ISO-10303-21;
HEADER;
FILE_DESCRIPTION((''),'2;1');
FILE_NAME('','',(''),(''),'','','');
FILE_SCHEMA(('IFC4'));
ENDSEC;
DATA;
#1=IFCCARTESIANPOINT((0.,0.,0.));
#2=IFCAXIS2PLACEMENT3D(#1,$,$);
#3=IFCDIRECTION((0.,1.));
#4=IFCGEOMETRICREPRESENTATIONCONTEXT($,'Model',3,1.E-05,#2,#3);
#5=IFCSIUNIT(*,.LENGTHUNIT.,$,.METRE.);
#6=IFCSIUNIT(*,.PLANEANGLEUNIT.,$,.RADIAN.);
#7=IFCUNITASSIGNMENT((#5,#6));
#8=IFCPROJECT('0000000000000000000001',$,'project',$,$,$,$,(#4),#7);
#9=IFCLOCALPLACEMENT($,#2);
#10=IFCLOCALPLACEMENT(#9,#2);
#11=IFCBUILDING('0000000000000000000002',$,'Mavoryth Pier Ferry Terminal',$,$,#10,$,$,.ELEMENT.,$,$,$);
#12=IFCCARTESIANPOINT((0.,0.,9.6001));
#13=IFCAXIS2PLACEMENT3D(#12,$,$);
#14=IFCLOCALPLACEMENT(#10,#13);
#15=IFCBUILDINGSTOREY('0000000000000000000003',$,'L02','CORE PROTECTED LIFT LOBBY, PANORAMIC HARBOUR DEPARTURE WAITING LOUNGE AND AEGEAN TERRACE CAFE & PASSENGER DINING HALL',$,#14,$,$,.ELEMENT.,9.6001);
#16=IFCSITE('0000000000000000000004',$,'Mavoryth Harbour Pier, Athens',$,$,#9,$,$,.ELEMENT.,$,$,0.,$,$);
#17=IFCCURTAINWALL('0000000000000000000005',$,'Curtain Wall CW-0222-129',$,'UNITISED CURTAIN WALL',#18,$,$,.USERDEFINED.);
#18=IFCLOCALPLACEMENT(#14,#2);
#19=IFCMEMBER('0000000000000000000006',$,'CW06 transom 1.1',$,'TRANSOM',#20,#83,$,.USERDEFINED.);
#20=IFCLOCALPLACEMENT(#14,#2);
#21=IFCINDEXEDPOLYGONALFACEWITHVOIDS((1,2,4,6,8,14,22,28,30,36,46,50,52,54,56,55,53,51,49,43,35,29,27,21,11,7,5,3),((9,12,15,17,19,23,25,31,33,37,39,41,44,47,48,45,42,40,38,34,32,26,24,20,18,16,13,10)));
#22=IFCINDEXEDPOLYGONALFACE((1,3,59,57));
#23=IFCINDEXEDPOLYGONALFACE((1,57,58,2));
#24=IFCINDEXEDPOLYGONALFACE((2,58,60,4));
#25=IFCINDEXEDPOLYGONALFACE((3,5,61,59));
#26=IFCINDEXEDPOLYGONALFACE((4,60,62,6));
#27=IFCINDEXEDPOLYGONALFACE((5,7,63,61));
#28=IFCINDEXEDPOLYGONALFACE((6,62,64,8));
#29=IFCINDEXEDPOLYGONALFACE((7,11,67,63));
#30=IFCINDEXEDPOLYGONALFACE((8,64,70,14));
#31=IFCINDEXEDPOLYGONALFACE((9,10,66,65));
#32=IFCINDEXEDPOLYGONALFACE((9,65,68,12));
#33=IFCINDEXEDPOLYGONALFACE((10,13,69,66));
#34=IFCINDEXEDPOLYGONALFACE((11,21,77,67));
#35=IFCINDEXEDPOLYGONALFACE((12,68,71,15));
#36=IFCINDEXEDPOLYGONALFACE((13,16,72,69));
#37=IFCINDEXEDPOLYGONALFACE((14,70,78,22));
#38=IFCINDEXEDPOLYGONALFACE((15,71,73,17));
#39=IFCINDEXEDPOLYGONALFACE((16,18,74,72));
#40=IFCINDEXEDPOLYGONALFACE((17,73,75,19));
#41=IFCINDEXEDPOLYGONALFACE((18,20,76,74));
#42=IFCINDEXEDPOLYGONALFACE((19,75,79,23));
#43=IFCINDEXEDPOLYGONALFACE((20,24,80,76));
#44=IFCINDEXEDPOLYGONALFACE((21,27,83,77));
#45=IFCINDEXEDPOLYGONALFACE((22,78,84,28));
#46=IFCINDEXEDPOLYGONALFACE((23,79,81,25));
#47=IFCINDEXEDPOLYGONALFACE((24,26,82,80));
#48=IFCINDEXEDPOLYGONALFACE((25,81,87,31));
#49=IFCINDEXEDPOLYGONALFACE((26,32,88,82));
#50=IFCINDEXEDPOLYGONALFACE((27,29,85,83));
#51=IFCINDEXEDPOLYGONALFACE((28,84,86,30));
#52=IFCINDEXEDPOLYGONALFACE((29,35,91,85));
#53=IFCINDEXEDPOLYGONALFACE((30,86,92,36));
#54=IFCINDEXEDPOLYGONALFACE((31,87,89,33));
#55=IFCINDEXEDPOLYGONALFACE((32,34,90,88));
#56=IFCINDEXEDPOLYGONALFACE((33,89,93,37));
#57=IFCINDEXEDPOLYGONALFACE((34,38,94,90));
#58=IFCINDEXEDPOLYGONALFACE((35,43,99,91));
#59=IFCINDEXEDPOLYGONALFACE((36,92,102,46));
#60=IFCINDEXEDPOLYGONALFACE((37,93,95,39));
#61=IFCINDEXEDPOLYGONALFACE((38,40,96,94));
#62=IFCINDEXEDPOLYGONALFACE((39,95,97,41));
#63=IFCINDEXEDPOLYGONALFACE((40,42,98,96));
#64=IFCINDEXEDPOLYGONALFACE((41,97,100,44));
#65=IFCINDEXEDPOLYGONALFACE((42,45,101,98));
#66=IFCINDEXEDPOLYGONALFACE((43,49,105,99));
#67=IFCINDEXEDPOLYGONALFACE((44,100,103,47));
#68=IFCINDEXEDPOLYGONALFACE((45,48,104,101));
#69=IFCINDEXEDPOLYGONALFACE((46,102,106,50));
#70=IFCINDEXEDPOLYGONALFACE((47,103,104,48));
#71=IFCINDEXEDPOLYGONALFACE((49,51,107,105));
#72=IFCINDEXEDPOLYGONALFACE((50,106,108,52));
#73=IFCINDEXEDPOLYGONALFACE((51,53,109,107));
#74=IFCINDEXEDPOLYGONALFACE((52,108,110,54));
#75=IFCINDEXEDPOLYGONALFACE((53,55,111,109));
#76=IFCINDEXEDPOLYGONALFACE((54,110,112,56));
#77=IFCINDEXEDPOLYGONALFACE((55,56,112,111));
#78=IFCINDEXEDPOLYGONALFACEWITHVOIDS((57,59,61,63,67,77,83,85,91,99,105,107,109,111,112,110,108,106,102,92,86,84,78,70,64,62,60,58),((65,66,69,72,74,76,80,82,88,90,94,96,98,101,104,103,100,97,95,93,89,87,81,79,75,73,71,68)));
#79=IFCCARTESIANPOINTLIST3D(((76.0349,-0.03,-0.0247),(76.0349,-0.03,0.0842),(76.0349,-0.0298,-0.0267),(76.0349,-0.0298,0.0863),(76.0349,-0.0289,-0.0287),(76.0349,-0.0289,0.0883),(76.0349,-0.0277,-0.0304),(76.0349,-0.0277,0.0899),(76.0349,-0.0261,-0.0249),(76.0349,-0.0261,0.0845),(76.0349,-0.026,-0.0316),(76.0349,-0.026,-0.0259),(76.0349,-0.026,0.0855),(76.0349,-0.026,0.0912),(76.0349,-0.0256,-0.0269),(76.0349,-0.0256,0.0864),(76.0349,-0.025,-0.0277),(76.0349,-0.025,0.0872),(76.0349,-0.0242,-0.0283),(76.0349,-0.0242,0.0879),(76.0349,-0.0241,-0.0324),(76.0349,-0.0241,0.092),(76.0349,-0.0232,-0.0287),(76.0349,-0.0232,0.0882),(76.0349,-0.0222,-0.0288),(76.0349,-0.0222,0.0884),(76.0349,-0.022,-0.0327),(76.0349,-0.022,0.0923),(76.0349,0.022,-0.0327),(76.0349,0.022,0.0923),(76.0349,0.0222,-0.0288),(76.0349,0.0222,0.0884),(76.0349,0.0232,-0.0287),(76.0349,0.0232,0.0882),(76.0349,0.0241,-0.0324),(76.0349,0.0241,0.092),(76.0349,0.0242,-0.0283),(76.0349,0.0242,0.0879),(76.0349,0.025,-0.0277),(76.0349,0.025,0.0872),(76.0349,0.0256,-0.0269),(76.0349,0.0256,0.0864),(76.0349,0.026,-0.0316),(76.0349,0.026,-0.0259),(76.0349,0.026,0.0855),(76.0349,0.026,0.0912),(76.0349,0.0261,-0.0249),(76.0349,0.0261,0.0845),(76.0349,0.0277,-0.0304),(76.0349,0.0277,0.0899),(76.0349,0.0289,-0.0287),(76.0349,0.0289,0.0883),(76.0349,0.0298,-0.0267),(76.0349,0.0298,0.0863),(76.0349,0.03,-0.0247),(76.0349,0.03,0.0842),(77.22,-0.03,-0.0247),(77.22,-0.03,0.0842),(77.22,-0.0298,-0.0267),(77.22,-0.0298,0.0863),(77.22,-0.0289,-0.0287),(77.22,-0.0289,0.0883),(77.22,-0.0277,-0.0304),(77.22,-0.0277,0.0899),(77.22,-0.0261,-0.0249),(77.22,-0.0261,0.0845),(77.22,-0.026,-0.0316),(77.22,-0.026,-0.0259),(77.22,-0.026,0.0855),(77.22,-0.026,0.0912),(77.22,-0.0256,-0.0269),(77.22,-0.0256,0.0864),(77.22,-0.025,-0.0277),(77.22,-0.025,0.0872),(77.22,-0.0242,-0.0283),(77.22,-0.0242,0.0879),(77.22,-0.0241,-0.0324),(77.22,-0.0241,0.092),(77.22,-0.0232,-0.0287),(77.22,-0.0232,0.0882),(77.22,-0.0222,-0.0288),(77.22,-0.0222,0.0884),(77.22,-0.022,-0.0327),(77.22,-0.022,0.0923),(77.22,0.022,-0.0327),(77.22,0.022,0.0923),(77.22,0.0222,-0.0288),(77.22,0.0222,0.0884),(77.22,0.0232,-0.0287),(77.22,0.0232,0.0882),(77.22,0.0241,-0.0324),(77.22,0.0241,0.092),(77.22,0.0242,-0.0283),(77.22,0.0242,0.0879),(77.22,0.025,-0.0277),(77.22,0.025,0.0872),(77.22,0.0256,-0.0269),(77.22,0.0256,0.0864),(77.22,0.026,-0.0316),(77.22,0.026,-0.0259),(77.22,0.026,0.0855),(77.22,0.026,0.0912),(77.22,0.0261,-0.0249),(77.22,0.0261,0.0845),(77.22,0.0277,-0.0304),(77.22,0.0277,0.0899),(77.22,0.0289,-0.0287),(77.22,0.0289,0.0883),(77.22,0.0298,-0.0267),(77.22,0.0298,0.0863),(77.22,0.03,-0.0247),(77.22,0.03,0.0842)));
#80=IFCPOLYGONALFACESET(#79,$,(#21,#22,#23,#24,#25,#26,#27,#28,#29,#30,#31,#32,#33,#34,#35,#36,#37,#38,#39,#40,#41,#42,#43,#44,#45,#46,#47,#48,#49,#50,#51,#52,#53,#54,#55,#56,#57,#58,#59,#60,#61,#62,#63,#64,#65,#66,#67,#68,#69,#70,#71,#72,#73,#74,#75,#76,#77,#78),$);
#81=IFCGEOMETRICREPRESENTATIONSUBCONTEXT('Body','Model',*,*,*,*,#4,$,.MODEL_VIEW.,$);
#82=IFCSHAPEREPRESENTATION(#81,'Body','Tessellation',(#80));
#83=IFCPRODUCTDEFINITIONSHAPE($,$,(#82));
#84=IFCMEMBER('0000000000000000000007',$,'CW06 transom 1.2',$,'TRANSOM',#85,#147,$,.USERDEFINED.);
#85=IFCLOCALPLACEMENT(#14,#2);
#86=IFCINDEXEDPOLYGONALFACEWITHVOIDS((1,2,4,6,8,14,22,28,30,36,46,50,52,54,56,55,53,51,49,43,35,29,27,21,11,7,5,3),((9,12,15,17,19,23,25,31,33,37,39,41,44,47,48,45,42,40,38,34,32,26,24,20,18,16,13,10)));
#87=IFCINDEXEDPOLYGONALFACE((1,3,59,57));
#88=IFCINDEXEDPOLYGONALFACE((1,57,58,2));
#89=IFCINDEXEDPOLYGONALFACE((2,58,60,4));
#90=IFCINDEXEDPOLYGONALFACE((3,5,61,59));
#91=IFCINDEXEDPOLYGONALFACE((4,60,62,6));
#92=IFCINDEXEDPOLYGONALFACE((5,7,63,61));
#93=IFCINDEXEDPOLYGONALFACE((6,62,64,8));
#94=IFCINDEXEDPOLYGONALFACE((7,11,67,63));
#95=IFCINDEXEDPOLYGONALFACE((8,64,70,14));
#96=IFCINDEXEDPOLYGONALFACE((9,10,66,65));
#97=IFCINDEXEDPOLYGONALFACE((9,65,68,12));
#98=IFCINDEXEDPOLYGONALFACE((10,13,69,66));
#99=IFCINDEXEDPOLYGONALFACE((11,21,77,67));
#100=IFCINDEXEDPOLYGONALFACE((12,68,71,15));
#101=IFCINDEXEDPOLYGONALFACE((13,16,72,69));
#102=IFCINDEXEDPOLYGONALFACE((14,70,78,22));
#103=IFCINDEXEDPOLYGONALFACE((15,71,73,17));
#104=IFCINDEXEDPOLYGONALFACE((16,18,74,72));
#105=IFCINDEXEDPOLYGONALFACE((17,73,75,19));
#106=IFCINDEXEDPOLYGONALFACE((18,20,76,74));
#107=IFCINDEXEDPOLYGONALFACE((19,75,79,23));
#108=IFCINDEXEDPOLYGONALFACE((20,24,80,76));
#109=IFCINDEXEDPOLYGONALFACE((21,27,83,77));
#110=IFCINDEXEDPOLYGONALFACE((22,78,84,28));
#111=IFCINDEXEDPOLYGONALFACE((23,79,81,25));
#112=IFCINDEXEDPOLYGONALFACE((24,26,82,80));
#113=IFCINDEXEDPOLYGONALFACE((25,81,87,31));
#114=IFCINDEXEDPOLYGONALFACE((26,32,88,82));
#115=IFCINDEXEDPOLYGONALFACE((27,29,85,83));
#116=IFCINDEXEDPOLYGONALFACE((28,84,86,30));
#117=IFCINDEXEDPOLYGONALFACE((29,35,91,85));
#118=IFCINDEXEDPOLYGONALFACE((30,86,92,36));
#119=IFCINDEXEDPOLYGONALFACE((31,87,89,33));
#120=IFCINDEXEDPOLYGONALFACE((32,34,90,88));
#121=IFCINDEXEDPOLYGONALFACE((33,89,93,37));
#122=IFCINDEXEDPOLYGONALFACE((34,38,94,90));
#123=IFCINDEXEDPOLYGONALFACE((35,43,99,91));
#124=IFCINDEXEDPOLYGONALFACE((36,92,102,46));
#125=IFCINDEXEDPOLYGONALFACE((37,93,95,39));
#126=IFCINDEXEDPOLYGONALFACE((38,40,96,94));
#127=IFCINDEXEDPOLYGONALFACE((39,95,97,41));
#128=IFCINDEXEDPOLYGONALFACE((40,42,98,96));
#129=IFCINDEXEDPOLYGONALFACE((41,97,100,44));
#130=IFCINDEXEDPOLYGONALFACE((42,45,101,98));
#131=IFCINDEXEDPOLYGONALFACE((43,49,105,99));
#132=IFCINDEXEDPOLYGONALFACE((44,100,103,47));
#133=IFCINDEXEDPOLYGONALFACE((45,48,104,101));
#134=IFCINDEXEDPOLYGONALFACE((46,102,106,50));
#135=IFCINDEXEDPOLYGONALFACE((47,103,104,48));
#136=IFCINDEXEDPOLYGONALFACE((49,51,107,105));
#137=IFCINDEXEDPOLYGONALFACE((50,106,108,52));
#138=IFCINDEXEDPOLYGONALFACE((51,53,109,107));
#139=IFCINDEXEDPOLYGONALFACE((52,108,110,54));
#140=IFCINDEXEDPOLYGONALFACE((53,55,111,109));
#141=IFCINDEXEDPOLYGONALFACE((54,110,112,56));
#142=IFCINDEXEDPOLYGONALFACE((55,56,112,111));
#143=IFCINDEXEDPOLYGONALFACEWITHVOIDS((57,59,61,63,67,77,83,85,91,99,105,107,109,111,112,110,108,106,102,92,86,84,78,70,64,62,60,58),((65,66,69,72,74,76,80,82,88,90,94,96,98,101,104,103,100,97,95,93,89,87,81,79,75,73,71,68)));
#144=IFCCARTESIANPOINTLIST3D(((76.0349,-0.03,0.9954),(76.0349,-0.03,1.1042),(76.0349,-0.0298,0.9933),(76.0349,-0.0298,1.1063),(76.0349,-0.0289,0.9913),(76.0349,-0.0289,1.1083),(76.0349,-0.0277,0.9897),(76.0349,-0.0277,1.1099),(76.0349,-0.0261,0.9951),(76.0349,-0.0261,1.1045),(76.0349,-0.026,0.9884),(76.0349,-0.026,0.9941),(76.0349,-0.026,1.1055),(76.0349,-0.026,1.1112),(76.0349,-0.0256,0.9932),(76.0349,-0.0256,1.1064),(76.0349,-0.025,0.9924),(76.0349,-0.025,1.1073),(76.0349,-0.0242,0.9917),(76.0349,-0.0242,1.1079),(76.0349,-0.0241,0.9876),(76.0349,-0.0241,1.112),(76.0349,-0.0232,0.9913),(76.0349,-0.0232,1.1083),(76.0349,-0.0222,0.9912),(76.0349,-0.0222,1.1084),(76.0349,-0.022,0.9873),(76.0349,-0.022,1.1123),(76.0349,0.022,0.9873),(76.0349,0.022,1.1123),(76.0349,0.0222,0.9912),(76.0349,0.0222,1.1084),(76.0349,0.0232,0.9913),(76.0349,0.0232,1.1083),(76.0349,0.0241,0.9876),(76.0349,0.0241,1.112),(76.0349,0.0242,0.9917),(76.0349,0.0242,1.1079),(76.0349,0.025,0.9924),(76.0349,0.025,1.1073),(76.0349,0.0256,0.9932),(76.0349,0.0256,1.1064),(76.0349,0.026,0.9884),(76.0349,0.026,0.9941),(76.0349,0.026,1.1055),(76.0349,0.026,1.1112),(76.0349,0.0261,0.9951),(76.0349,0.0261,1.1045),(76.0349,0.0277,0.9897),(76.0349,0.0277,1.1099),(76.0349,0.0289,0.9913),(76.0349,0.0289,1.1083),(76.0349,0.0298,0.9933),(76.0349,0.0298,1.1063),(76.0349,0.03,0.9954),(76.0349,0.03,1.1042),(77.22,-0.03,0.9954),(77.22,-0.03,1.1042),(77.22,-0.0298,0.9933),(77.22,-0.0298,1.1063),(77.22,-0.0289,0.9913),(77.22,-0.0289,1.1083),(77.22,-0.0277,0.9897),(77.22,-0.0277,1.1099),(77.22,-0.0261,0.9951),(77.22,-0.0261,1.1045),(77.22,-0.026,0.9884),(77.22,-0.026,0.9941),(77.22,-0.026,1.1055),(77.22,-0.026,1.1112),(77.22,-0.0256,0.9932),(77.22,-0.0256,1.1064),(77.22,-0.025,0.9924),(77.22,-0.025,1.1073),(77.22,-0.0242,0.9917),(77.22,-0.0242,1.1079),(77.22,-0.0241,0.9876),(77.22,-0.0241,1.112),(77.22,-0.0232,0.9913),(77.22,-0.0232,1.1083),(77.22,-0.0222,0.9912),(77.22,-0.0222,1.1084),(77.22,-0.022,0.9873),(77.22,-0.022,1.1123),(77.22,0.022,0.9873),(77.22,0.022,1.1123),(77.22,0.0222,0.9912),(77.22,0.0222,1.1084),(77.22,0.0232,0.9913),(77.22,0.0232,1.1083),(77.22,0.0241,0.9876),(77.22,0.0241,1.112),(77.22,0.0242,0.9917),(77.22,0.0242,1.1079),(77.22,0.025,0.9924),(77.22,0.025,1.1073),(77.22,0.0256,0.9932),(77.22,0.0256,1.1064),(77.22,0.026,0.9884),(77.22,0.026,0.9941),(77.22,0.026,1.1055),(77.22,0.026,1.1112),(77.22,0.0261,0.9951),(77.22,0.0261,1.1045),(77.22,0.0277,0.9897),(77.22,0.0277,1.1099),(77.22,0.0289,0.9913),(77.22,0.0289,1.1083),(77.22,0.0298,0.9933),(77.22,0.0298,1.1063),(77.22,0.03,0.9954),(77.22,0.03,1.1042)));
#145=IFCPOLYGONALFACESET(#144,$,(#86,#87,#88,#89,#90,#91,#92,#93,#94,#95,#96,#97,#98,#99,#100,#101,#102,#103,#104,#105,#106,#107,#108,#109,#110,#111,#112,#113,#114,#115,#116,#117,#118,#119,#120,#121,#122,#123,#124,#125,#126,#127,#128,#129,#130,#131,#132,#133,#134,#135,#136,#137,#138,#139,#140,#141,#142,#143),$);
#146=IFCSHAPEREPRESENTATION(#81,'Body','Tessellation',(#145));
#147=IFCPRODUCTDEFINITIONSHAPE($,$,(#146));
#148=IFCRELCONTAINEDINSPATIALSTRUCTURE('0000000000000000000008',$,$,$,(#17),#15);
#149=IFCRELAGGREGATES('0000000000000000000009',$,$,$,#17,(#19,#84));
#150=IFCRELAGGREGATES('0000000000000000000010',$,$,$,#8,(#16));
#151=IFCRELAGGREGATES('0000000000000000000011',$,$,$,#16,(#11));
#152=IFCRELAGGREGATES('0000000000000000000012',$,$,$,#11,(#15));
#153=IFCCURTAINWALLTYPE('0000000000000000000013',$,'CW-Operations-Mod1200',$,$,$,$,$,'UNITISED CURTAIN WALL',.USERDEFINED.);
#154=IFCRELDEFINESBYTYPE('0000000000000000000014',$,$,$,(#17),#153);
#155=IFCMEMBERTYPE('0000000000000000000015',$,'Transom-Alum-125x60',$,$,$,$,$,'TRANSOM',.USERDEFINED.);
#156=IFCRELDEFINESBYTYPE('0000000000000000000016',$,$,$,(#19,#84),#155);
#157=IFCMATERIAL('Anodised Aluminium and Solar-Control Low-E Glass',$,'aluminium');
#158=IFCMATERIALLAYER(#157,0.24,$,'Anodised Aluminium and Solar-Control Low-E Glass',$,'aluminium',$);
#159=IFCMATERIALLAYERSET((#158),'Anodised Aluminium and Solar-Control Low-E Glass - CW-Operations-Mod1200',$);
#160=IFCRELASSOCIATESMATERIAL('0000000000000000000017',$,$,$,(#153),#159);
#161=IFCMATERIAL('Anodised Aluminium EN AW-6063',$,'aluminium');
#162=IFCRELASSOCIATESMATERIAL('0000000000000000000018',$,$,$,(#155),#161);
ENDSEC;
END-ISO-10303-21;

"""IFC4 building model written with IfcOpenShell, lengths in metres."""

from ifc_helpers import new_model, si_unit, direction, frame, origin, origin_2d, place, context, subcontext, project, spatial, hollow_rectangle, extrude, material, layer, layer_set, material_profile, profile_set, type_object, element, aggregate, save


model = new_model("IFC4")

# Units and contexts
model_context = context("Model", 3, precision=1e-05, world=origin(), true_north=direction((0.0, 1.0)))
body_context = subcontext(model_context, "Body", "Model", "MODEL_VIEW")
ifc_project = project(units=[si_unit("LENGTHUNIT", "METRE"), si_unit("PLANEANGLEUNIT", "RADIAN")], contexts=[model_context])

# Site, building, storey
site_placement = place(None, origin())
site = spatial("IfcSite", under=ifc_project, at=site_placement, Name="Mavoryth Harbour Pier, Athens", CompositionType="ELEMENT", RefElevation=0.0)
building_placement = place(site_placement, origin())
building = spatial("IfcBuilding", under=site, at=building_placement, Name="Mavoryth Pier Ferry Terminal", CompositionType="ELEMENT")
storey_placement = place(building_placement, frame((0.0, 0.0, 9.6001)))
storey = spatial("IfcBuildingStorey", under=building, at=storey_placement, Name="L02", Description="CORE PROTECTED LIFT LOBBY, PANORAMIC HARBOUR DEPARTURE WAITING LOUNGE AND AEGEAN TERRACE CAFE & PASSENGER DINING HALL", CompositionType="ELEMENT", Elevation=9.6001)

# Curtain wall
ifc_material_1 = material(Name="Anodised Aluminium and Solar-Control Low-E Glass", Category="aluminium")
ifc_layer_1 = layer(ifc_material_1, 0.24, Name="Anodised Aluminium and Solar-Control Low-E Glass", Category="aluminium")
ifc_layer_set_1 = layer_set([ifc_layer_1], Name="Anodised Aluminium and Solar-Control Low-E Glass - CW-Operations-Mod1200")
curtain_wall_type = type_object("IfcCurtainWallType", Name="CW-Operations-Mod1200", ElementType="UNITISED CURTAIN WALL", PredefinedType="USERDEFINED", material=ifc_layer_set_1)
ifc_material_2 = material(Name="Anodised Aluminium EN AW-6063", Category="aluminium")
curtain_wall_1_placement = place(storey_placement, origin())
curtain_wall_1 = element("IfcCurtainWall", 1, at=curtain_wall_1_placement, inside=storey, type_object=curtain_wall_type, Name="Curtain Wall CW-0222-129", ObjectType="UNITISED CURTAIN WALL", PredefinedType="USERDEFINED")

# Members
ifc_material_profile_1 = material_profile(ifc_material_2, hollow_rectangle(XDim=0.0601, YDim=0.125, WallThickness=0.0039, InnerFilletRadius=0.0039, OuterFilletRadius=0.0081, at=origin_2d()), Name="AL-TRAN 125x60x4", Category="aluminium")
ifc_profile_set_1 = profile_set([ifc_material_profile_1], Name="Anodised Aluminium EN AW-6063 - AL-TRAN 125x60x4")
member_type_1 = type_object("IfcMemberType", Name="Transom-Alum-125x60", ElementType="TRANSOM", PredefinedType="USERDEFINED", material=ifc_profile_set_1)
member_1_placement = place(storey_placement, frame((76.0349, 0.0, 0.0298), z_axis=(1.0, 0.0, 0.0), x_axis=(0.0, 1.0, 0.0)))
member_1 = element("IfcMember", 2, at=member_1_placement, type_object=member_type_1, Name="CW06 transom 1.1", ObjectType="TRANSOM", PredefinedType="USERDEFINED", context=body_context, shape_type="SweptSolid", body=[
    extrude(hollow_rectangle(XDim=0.0601, YDim=0.125, WallThickness=0.0039, InnerFilletRadius=0.0039, OuterFilletRadius=0.0081, at=origin_2d()), origin(), (0.0, 0.0, 1.0), 1.1851),
])
member_2_placement = place(storey_placement, frame((76.0349, 0.0, 1.0498), z_axis=(1.0, 0.0, 0.0), x_axis=(0.0, 1.0, 0.0)))
member_2 = element("IfcMember", 3, at=member_2_placement, type_object=member_type_1, Name="CW06 transom 1.2", ObjectType="TRANSOM", PredefinedType="USERDEFINED", context=body_context, shape_type="SweptSolid", body=[
    extrude(hollow_rectangle(XDim=0.0601, YDim=0.125, WallThickness=0.0039, InnerFilletRadius=0.0039, OuterFilletRadius=0.0081, at=origin_2d()), origin(), (0.0, 0.0, 1.0), 1.1851),
])

aggregate(curtain_wall_1, [member_1, member_2])

save(model, "model.ifc")
